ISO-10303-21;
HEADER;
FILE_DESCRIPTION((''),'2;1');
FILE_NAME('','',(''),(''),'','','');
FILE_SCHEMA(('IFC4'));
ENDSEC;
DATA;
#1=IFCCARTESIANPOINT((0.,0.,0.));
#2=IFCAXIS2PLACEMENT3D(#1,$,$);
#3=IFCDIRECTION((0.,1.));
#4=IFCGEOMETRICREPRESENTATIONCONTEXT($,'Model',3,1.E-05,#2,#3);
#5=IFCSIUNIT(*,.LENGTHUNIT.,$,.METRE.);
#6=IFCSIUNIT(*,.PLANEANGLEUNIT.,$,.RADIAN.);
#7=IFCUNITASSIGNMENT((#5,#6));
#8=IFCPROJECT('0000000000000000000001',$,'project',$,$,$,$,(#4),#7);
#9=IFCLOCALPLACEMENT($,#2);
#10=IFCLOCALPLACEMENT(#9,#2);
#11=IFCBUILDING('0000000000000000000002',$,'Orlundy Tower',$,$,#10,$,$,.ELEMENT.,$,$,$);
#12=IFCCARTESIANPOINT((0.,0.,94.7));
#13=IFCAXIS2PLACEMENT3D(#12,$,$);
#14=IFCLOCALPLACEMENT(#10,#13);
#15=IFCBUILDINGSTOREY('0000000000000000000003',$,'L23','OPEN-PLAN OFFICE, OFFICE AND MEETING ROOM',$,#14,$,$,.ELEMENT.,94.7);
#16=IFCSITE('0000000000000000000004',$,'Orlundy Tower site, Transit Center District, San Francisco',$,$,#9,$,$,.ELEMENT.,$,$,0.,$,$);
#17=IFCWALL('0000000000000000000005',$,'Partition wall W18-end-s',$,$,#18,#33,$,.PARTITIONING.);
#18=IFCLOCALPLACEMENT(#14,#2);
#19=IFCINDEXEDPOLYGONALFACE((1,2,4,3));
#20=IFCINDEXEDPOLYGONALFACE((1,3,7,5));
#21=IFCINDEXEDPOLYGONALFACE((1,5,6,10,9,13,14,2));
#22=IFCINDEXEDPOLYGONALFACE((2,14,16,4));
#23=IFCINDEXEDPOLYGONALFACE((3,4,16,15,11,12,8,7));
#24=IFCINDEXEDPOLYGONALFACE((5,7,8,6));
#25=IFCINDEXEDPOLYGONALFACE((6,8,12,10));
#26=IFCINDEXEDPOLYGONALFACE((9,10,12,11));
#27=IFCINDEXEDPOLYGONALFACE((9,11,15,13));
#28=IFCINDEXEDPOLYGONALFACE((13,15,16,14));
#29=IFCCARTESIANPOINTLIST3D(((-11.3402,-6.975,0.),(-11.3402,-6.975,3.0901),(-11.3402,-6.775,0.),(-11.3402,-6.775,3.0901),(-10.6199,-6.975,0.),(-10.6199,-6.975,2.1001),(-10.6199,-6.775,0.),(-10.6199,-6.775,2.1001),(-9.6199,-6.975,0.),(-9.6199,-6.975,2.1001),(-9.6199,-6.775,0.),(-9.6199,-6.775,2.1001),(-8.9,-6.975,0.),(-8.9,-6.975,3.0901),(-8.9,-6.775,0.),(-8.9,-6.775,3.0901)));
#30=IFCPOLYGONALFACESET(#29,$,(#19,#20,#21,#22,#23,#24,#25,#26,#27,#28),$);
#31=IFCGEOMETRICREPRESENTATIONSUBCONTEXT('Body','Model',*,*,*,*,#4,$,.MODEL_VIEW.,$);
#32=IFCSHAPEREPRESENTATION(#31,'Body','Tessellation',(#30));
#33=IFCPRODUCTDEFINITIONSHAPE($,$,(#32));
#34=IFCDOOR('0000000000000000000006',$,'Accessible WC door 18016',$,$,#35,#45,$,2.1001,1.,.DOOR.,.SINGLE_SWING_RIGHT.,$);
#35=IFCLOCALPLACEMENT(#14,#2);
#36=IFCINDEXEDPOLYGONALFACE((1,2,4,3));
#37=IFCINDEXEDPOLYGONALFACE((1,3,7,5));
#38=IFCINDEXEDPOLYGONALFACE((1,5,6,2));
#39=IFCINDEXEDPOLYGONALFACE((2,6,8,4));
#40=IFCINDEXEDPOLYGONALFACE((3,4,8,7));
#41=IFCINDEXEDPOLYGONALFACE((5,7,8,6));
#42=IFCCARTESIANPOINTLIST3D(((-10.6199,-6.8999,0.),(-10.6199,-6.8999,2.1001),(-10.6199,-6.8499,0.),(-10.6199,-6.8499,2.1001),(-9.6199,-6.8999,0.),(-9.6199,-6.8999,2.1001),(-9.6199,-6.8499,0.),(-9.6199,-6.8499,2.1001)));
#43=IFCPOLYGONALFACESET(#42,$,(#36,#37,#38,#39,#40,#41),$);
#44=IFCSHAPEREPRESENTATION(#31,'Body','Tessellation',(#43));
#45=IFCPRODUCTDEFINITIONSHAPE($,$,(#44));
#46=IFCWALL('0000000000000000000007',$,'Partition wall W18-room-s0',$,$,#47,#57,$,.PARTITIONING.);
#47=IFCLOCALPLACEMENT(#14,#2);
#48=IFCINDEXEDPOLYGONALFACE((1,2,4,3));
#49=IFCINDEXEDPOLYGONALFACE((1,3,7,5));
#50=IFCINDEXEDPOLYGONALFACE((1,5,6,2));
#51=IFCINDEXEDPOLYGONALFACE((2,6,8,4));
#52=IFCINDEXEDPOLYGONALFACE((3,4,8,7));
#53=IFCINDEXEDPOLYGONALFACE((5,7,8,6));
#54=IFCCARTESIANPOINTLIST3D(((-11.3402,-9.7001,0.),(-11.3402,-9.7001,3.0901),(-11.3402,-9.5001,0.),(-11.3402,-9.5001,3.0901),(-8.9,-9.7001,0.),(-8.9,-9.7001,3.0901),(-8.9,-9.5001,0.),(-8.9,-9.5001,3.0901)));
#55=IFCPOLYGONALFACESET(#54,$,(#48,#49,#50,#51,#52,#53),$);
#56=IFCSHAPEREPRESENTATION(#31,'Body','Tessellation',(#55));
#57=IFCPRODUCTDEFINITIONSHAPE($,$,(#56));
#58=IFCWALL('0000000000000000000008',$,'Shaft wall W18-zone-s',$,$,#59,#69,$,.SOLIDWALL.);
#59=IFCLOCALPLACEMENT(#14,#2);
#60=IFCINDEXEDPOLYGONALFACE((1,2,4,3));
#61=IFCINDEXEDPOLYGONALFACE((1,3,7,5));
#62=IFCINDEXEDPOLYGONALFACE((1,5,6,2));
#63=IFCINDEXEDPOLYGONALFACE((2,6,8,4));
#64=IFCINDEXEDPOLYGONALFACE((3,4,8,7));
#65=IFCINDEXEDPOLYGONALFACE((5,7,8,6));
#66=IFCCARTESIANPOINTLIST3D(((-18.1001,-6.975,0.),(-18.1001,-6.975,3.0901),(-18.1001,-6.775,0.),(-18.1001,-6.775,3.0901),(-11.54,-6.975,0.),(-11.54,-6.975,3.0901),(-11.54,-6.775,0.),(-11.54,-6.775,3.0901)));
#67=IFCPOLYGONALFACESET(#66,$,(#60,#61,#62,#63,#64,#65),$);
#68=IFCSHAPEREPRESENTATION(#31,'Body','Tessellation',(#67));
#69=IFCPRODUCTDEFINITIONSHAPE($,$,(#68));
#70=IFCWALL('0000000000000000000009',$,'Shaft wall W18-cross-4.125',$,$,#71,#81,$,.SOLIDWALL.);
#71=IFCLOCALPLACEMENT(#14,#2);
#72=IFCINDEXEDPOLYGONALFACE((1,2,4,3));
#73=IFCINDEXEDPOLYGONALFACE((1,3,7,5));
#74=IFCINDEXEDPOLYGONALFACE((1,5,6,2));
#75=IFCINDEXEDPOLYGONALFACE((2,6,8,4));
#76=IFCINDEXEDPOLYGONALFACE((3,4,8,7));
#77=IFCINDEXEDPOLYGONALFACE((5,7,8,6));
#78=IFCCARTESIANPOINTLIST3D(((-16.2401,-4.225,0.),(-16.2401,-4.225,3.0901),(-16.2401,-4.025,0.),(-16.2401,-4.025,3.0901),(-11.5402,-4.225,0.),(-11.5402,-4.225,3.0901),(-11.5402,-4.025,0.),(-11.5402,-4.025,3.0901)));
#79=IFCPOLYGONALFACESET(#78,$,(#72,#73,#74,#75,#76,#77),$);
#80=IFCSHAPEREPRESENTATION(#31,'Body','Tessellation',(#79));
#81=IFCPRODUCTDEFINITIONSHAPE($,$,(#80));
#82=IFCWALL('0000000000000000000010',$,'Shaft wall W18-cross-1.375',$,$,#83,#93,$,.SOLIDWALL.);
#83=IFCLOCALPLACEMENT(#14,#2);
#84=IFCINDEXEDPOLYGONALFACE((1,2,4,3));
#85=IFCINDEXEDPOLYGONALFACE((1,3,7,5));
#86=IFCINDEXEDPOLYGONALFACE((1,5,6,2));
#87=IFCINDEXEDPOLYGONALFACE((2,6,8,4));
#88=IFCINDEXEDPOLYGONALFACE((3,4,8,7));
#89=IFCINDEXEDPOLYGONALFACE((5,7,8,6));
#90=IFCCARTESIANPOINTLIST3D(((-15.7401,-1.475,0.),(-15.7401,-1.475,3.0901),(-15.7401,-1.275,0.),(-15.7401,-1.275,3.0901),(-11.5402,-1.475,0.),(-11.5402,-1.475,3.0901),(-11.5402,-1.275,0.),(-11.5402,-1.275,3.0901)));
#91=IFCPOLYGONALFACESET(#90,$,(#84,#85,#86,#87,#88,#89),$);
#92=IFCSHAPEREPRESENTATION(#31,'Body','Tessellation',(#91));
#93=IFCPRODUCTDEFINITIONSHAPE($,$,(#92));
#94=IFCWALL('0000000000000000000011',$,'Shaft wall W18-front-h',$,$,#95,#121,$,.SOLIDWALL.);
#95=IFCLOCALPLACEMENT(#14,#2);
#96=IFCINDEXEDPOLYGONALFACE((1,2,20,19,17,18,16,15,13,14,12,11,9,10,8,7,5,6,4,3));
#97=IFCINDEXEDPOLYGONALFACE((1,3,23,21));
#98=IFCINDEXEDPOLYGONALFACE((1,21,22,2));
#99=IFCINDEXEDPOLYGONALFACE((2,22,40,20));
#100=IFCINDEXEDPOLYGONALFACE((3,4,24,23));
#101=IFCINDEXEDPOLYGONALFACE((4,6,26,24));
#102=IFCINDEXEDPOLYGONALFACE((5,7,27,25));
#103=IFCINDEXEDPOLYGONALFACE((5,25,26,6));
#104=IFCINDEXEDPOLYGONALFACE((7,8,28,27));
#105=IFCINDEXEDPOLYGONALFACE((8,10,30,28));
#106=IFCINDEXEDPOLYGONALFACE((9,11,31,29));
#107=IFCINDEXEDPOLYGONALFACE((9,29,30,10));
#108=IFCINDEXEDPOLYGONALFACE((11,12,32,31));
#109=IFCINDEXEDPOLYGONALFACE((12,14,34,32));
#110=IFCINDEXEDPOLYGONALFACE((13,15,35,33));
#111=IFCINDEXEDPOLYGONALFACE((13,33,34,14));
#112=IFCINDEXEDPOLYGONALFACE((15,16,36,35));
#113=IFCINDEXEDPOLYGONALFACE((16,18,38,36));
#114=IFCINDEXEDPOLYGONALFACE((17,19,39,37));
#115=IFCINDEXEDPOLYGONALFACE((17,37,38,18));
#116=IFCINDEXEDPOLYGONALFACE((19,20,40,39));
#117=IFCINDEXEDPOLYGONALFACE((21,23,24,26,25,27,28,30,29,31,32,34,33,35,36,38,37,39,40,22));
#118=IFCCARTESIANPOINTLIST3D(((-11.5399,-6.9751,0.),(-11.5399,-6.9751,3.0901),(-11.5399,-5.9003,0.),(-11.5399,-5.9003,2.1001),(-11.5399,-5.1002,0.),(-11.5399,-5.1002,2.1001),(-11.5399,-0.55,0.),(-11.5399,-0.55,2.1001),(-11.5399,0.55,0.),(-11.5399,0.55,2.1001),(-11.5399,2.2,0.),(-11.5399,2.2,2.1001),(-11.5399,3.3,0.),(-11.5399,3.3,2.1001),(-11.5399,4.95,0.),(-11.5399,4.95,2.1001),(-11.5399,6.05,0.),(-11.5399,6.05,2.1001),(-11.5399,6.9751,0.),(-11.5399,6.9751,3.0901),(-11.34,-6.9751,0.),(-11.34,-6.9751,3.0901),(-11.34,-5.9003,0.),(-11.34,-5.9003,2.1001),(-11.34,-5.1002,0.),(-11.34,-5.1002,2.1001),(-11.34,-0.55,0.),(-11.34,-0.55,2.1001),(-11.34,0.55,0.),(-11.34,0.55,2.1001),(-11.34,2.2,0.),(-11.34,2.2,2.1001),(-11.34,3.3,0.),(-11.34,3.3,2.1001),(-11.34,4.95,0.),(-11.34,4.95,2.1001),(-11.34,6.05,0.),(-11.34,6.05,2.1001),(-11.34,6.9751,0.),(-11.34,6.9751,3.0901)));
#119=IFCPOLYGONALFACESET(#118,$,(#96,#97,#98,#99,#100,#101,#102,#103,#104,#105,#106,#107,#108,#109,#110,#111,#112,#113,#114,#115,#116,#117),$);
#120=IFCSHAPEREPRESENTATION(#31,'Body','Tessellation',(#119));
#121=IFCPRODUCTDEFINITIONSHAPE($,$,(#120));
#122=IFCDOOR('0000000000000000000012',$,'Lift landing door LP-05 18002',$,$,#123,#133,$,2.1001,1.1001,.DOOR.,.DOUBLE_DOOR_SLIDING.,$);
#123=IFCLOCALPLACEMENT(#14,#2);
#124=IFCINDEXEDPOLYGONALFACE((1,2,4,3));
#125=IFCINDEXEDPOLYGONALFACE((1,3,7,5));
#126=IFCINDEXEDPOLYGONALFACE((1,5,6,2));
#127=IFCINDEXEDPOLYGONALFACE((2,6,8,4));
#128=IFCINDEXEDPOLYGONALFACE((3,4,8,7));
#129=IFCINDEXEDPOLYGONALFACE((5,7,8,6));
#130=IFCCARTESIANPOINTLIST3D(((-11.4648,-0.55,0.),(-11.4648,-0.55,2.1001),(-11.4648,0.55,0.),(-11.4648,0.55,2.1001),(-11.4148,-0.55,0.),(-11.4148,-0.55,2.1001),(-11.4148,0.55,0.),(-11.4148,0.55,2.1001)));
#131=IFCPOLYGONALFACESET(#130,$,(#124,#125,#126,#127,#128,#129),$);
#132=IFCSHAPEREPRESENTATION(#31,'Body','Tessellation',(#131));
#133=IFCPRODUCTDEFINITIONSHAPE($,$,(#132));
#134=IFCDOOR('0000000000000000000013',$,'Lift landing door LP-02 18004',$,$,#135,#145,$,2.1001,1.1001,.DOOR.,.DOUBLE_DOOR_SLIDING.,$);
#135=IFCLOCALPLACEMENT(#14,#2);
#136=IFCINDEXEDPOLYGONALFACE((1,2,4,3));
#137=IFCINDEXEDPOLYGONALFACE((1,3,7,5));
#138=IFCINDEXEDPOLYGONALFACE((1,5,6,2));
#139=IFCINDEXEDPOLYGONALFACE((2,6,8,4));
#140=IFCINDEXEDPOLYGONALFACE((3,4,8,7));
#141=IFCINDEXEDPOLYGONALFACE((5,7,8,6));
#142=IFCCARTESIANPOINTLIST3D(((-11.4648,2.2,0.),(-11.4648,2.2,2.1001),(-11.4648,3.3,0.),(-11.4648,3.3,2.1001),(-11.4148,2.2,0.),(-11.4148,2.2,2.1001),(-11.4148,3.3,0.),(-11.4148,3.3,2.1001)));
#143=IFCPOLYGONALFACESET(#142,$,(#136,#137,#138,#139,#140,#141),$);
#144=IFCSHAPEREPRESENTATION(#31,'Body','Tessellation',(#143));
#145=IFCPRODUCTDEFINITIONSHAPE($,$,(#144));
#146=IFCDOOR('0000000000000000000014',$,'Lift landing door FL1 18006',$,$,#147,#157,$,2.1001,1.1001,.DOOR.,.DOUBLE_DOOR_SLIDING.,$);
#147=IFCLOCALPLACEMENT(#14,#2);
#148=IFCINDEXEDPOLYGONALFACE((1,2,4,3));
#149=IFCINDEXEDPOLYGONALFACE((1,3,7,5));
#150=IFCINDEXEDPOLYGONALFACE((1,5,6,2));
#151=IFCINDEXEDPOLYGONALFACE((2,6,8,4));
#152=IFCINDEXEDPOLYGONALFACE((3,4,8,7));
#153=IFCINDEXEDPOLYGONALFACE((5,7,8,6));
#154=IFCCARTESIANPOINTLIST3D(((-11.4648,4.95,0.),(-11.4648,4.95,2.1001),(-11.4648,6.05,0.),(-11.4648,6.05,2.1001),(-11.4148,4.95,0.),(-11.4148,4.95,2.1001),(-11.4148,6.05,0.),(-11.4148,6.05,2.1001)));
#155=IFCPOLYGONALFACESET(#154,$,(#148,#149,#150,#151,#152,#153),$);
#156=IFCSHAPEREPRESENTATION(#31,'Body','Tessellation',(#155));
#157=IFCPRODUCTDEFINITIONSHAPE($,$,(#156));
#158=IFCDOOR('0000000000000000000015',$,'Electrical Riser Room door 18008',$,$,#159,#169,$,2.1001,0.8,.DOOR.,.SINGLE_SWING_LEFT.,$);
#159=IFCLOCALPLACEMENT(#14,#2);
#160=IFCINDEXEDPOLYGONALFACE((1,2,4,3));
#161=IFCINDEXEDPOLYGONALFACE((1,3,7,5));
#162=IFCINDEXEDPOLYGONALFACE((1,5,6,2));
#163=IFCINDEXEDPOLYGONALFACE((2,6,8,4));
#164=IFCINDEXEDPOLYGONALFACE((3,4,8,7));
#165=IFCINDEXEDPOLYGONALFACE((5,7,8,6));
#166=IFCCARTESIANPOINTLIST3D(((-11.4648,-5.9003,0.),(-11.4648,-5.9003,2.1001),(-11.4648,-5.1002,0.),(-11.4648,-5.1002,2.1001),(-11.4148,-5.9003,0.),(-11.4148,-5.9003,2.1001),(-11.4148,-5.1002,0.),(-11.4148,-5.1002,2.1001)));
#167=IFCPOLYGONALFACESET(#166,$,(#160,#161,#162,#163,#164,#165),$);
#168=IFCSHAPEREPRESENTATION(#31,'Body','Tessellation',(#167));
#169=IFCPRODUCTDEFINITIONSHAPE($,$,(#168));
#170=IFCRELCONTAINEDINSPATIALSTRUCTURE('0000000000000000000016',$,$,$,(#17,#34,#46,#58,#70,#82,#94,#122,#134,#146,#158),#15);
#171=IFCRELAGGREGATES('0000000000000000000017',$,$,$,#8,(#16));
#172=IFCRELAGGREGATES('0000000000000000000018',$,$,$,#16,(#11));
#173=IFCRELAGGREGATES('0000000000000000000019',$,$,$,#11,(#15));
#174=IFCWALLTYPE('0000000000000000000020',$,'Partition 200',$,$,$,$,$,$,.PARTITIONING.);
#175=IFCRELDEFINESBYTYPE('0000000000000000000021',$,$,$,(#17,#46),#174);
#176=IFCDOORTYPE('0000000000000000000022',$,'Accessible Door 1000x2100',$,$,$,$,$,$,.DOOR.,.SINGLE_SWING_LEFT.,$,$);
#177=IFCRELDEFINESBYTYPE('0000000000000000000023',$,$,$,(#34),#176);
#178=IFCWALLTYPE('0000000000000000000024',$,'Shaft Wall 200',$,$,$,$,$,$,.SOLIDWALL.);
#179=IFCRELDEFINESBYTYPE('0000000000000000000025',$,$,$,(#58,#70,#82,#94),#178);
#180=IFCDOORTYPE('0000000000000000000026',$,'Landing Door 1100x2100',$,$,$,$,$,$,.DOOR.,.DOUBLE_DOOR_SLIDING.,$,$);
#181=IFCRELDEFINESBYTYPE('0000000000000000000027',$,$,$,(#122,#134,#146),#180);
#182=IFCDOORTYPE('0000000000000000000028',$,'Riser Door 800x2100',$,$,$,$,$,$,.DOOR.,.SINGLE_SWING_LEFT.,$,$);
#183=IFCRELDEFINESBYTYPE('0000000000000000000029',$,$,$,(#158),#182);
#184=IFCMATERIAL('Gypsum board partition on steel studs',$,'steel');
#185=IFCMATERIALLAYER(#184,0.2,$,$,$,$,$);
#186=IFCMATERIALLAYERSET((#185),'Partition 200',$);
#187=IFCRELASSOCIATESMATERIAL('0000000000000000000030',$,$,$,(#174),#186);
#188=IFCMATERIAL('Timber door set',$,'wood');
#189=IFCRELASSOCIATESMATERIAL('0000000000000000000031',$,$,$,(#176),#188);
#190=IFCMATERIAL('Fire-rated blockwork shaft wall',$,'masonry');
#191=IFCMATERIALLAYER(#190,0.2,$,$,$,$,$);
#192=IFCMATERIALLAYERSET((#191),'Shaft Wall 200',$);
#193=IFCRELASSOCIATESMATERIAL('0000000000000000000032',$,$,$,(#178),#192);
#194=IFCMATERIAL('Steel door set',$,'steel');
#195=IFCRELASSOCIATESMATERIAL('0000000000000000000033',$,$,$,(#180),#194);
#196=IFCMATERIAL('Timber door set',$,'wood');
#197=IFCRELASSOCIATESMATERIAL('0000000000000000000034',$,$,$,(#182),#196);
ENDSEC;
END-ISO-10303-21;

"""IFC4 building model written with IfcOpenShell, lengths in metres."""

from ifc_helpers import new_model, si_unit, direction, frame, frame_2d, origin, place, context, subcontext, project, spatial, rectangle, extrude, material, layer, layer_set, type_object, element, fill, save


model = new_model("IFC4")

# Units and contexts
model_context = context("Model", 3, precision=1e-05, world=origin(), true_north=direction((0.0, 1.0)))
body_context = subcontext(model_context, "Body", "Model", "MODEL_VIEW")
ifc_project = project(units=[si_unit("LENGTHUNIT", "METRE"), si_unit("PLANEANGLEUNIT", "RADIAN")], contexts=[model_context])

# Site, building, storey
site_placement = place(None, origin())
site = spatial("IfcSite", under=ifc_project, at=site_placement, Name="Orlundy Tower site, Transit Center District, San Francisco", CompositionType="ELEMENT", RefElevation=0.0)
building_placement = place(site_placement, origin())
building = spatial("IfcBuilding", under=site, at=building_placement, Name="Orlundy Tower", CompositionType="ELEMENT")
storey_placement = place(building_placement, frame((0.0, 0.0, 94.7)))
storey = spatial("IfcBuildingStorey", under=building, at=storey_placement, Name="L23", Description="OPEN-PLAN OFFICE, OFFICE AND MEETING ROOM", CompositionType="ELEMENT", Elevation=94.7)

# Wall, opening, door
ifc_material_1 = material(Name="Gypsum board partition on steel studs", Category="steel")
ifc_layer_1 = layer(ifc_material_1, 0.2)
ifc_layer_set_1 = layer_set([ifc_layer_1], Name="Partition 200")
wall_type_1 = type_object("IfcWallType", Name="Partition 200", PredefinedType="PARTITIONING", material=ifc_layer_set_1)
wall_1_placement = place(storey_placement, frame((-8.8999, -6.875, 0.0), z_axis=(0.0, 0.0, 1.0), x_axis=(-1.0, 0.0, 0.0)))
wall_1 = element("IfcWall", 1, at=wall_1_placement, inside=storey, type_object=wall_type_1, Name="Partition wall W18-end-s", PredefinedType="PARTITIONING", context=body_context, shape_type="SweptSolid", body=[
    extrude(rectangle(XDim=2.4402, YDim=0.2, at=frame_2d((1.2202, 0.0))), origin(), (0.0, 0.0, 1.0), 3.0901),
])
opening_1_placement = place(wall_1_placement, frame((0.72, 0.0, 0.0)))
opening_1 = element("IfcOpeningElement", 2, at=opening_1_placement, cuts=wall_1, PredefinedType="OPENING", context=body_context, shape_type="SweptSolid", body=[
    extrude(rectangle(XDim=1.0, YDim=2.1001, at=frame_2d((0.5, 1.05))), frame((0.0, 0.1101, 0.0), z_axis=(0.0, -1.0, 0.0), x_axis=(1.0, 0.0, 0.0)), (0.0, 0.0, 1.0), 0.2202),
])
ifc_material_2 = material(Name="Timber door set", Category="wood")
door_type_1 = type_object("IfcDoorType", Name="Accessible Door 1000x2100", OperationType="SINGLE_SWING_LEFT", PredefinedType="DOOR", material=ifc_material_2)
door_1_placement = place(opening_1_placement, origin())
door_1 = element("IfcDoor", 3, at=door_1_placement, inside=storey, type_object=door_type_1, Name="Accessible WC door 18016", OperationType="SINGLE_SWING_RIGHT", OverallHeight=2.1001, OverallWidth=1.0, PredefinedType="DOOR", context=body_context, shape_type="SweptSolid", body=[
    extrude(rectangle(XDim=1.0, YDim=2.1001, at=frame_2d((0.5, 1.05))), frame((0.0, 0.0249, 0.0), z_axis=(0.0, -1.0, 0.0), x_axis=(1.0, 0.0, 0.0)), (0.0, 0.0, 1.0), 0.05),
])
fill(opening_1, door_1)

# Walls
wall_2_placement = place(storey_placement, frame((-8.8999, -9.6001, 0.0), z_axis=(0.0, 0.0, 1.0), x_axis=(-1.0, 0.0, 0.0)))
element("IfcWall", 4, at=wall_2_placement, inside=storey, type_object=wall_type_1, Name="Partition wall W18-room-s0", PredefinedType="PARTITIONING", context=body_context, shape_type="SweptSolid", body=[
    extrude(rectangle(XDim=2.4402, YDim=0.2, at=frame_2d((1.2202, 0.0))), origin(), (0.0, 0.0, 1.0), 3.0901),
])
ifc_material_3 = material(Name="Fire-rated blockwork shaft wall", Category="masonry")
ifc_layer_2 = layer(ifc_material_3, 0.2)
ifc_layer_set_2 = layer_set([ifc_layer_2], Name="Shaft Wall 200")
wall_type_2 = type_object("IfcWallType", Name="Shaft Wall 200", PredefinedType="SOLIDWALL", material=ifc_layer_set_2)
wall_3_placement = place(storey_placement, frame((-11.54, -6.875, 0.0), z_axis=(0.0, 0.0, 1.0), x_axis=(-1.0, 0.0, 0.0)))
element("IfcWall", 5, at=wall_3_placement, inside=storey, type_object=wall_type_2, Name="Shaft wall W18-zone-s", PredefinedType="SOLIDWALL", context=body_context, shape_type="SweptSolid", body=[
    extrude(rectangle(XDim=6.5601, YDim=0.2, at=frame_2d((3.28, 0.0))), origin(), (0.0, 0.0, 1.0), 3.0901),
])
wall_4_placement = place(storey_placement, frame((-11.54, -4.125, 0.0), z_axis=(0.0, 0.0, 1.0), x_axis=(-1.0, 0.0, 0.0)))
element("IfcWall", 6, at=wall_4_placement, inside=storey, type_object=wall_type_2, Name="Shaft wall W18-cross-4.125", PredefinedType="SOLIDWALL", context=body_context, shape_type="SweptSolid", body=[
    extrude(rectangle(XDim=4.7, YDim=0.2, at=frame_2d((2.3501, 0.0))), origin(), (0.0, 0.0, 1.0), 3.0901),
])
wall_5_placement = place(storey_placement, frame((-11.54, -1.375, 0.0), z_axis=(0.0, 0.0, 1.0), x_axis=(-1.0, 0.0, 0.0)))
element("IfcWall", 7, at=wall_5_placement, inside=storey, type_object=wall_type_2, Name="Shaft wall W18-cross-1.375", PredefinedType="SOLIDWALL", context=body_context, shape_type="SweptSolid", body=[
    extrude(rectangle(XDim=4.2, YDim=0.2, at=frame_2d((2.1001, 0.0))), origin(), (0.0, 0.0, 1.0), 3.0901),
])

# Wall, openings, doors
wall_6_placement = place(storey_placement, frame((-11.4399, -6.9751, 0.0), z_axis=(0.0, 0.0, 1.0), x_axis=(0.0, 1.0, 0.0)))
wall_6 = element("IfcWall", 8, at=wall_6_placement, inside=storey, type_object=wall_type_2, Name="Shaft wall W18-front-h", PredefinedType="SOLIDWALL", context=body_context, shape_type="SweptSolid", body=[
    extrude(rectangle(XDim=13.9502, YDim=0.2, at=frame_2d((6.9751, 0.0))), origin(), (0.0, 0.0, 1.0), 3.0901),
])
opening_2_placement = place(wall_6_placement, frame((6.425, 0.0, 0.0)))
opening_2 = element("IfcOpeningElement", 9, at=opening_2_placement, cuts=wall_6, PredefinedType="OPENING", context=body_context, shape_type="SweptSolid", body=[
    extrude(rectangle(XDim=1.1001, YDim=2.1001, at=frame_2d((0.55, 1.05))), frame((0.0, 0.1101, 0.0), z_axis=(0.0, -1.0, 0.0), x_axis=(1.0, 0.0, 0.0)), (0.0, 0.0, 1.0), 0.2202),
])
opening_3_placement = place(wall_6_placement, frame((9.175, 0.0, 0.0)))
opening_3 = element("IfcOpeningElement", 10, at=opening_3_placement, cuts=wall_6, PredefinedType="OPENING", context=body_context, shape_type="SweptSolid", body=[
    extrude(rectangle(XDim=1.1001, YDim=2.1001, at=frame_2d((0.55, 1.05))), frame((0.0, 0.1101, 0.0), z_axis=(0.0, -1.0, 0.0), x_axis=(1.0, 0.0, 0.0)), (0.0, 0.0, 1.0), 0.2202),
])
opening_4_placement = place(wall_6_placement, frame((11.925, 0.0, 0.0)))
opening_4 = element("IfcOpeningElement", 11, at=opening_4_placement, cuts=wall_6, PredefinedType="OPENING", context=body_context, shape_type="SweptSolid", body=[
    extrude(rectangle(XDim=1.1001, YDim=2.1001, at=frame_2d((0.55, 1.05))), frame((0.0, 0.1101, 0.0), z_axis=(0.0, -1.0, 0.0), x_axis=(1.0, 0.0, 0.0)), (0.0, 0.0, 1.0), 0.2202),
])
opening_5_placement = place(wall_6_placement, frame((1.075, 0.0, 0.0)))
opening_5 = element("IfcOpeningElement", 12, at=opening_5_placement, cuts=wall_6, PredefinedType="OPENING", context=body_context, shape_type="SweptSolid", body=[
    extrude(rectangle(XDim=0.8, YDim=2.1001, at=frame_2d((0.3999, 1.05))), frame((0.0, 0.1101, 0.0), z_axis=(0.0, -1.0, 0.0), x_axis=(1.0, 0.0, 0.0)), (0.0, 0.0, 1.0), 0.2202),
])
ifc_material_4 = material(Name="Steel door set", Category="steel")
door_type_2 = type_object("IfcDoorType", Name="Landing Door 1100x2100", OperationType="DOUBLE_DOOR_SLIDING", PredefinedType="DOOR", material=ifc_material_4)
door_2_placement = place(opening_2_placement, origin())
door_2 = element("IfcDoor", 13, at=door_2_placement, inside=storey, type_object=door_type_2, Name="Lift landing door LP-05 18002", OperationType="DOUBLE_DOOR_SLIDING", OverallHeight=2.1001, OverallWidth=1.1001, PredefinedType="DOOR", context=body_context, shape_type="SweptSolid", body=[
    extrude(rectangle(XDim=1.1001, YDim=2.1001, at=frame_2d((0.55, 1.05))), frame((0.0, 0.0249, 0.0), z_axis=(0.0, -1.0, 0.0), x_axis=(1.0, 0.0, 0.0)), (0.0, 0.0, 1.0), 0.05),
])
fill(opening_2, door_2)
door_3_placement = place(opening_3_placement, origin())
door_3 = element("IfcDoor", 14, at=door_3_placement, inside=storey, type_object=door_type_2, Name="Lift landing door LP-02 18004", OperationType="DOUBLE_DOOR_SLIDING", OverallHeight=2.1001, OverallWidth=1.1001, PredefinedType="DOOR", context=body_context, shape_type="SweptSolid", body=[
    extrude(rectangle(XDim=1.1001, YDim=2.1001, at=frame_2d((0.55, 1.05))), frame((0.0, 0.0249, 0.0), z_axis=(0.0, -1.0, 0.0), x_axis=(1.0, 0.0, 0.0)), (0.0, 0.0, 1.0), 0.05),
])
fill(opening_3, door_3)
door_4_placement = place(opening_4_placement, origin())
door_4 = element("IfcDoor", 15, at=door_4_placement, inside=storey, type_object=door_type_2, Name="Lift landing door FL1 18006", OperationType="DOUBLE_DOOR_SLIDING", OverallHeight=2.1001, OverallWidth=1.1001, PredefinedType="DOOR", context=body_context, shape_type="SweptSolid", body=[
    extrude(rectangle(XDim=1.1001, YDim=2.1001, at=frame_2d((0.55, 1.05))), frame((0.0, 0.0249, 0.0), z_axis=(0.0, -1.0, 0.0), x_axis=(1.0, 0.0, 0.0)), (0.0, 0.0, 1.0), 0.05),
])
fill(opening_4, door_4)
ifc_material_5 = material(Name="Timber door set", Category="wood")
door_type_3 = type_object("IfcDoorType", Name="Riser Door 800x2100", OperationType="SINGLE_SWING_LEFT", PredefinedType="DOOR", material=ifc_material_5)
door_5_placement = place(opening_5_placement, origin())
door_5 = element("IfcDoor", 16, at=door_5_placement, inside=storey, type_object=door_type_3, Name="Electrical Riser Room door 18008", OperationType="SINGLE_SWING_LEFT", OverallHeight=2.1001, OverallWidth=0.8, PredefinedType="DOOR", context=body_context, shape_type="SweptSolid", body=[
    extrude(rectangle(XDim=0.8, YDim=2.1001, at=frame_2d((0.3999, 1.05))), frame((0.0, 0.0249, 0.0), z_axis=(0.0, -1.0, 0.0), x_axis=(1.0, 0.0, 0.0)), (0.0, 0.0, 1.0), 0.05),
])
fill(opening_5, door_5)

save(model, "model.ifc")
